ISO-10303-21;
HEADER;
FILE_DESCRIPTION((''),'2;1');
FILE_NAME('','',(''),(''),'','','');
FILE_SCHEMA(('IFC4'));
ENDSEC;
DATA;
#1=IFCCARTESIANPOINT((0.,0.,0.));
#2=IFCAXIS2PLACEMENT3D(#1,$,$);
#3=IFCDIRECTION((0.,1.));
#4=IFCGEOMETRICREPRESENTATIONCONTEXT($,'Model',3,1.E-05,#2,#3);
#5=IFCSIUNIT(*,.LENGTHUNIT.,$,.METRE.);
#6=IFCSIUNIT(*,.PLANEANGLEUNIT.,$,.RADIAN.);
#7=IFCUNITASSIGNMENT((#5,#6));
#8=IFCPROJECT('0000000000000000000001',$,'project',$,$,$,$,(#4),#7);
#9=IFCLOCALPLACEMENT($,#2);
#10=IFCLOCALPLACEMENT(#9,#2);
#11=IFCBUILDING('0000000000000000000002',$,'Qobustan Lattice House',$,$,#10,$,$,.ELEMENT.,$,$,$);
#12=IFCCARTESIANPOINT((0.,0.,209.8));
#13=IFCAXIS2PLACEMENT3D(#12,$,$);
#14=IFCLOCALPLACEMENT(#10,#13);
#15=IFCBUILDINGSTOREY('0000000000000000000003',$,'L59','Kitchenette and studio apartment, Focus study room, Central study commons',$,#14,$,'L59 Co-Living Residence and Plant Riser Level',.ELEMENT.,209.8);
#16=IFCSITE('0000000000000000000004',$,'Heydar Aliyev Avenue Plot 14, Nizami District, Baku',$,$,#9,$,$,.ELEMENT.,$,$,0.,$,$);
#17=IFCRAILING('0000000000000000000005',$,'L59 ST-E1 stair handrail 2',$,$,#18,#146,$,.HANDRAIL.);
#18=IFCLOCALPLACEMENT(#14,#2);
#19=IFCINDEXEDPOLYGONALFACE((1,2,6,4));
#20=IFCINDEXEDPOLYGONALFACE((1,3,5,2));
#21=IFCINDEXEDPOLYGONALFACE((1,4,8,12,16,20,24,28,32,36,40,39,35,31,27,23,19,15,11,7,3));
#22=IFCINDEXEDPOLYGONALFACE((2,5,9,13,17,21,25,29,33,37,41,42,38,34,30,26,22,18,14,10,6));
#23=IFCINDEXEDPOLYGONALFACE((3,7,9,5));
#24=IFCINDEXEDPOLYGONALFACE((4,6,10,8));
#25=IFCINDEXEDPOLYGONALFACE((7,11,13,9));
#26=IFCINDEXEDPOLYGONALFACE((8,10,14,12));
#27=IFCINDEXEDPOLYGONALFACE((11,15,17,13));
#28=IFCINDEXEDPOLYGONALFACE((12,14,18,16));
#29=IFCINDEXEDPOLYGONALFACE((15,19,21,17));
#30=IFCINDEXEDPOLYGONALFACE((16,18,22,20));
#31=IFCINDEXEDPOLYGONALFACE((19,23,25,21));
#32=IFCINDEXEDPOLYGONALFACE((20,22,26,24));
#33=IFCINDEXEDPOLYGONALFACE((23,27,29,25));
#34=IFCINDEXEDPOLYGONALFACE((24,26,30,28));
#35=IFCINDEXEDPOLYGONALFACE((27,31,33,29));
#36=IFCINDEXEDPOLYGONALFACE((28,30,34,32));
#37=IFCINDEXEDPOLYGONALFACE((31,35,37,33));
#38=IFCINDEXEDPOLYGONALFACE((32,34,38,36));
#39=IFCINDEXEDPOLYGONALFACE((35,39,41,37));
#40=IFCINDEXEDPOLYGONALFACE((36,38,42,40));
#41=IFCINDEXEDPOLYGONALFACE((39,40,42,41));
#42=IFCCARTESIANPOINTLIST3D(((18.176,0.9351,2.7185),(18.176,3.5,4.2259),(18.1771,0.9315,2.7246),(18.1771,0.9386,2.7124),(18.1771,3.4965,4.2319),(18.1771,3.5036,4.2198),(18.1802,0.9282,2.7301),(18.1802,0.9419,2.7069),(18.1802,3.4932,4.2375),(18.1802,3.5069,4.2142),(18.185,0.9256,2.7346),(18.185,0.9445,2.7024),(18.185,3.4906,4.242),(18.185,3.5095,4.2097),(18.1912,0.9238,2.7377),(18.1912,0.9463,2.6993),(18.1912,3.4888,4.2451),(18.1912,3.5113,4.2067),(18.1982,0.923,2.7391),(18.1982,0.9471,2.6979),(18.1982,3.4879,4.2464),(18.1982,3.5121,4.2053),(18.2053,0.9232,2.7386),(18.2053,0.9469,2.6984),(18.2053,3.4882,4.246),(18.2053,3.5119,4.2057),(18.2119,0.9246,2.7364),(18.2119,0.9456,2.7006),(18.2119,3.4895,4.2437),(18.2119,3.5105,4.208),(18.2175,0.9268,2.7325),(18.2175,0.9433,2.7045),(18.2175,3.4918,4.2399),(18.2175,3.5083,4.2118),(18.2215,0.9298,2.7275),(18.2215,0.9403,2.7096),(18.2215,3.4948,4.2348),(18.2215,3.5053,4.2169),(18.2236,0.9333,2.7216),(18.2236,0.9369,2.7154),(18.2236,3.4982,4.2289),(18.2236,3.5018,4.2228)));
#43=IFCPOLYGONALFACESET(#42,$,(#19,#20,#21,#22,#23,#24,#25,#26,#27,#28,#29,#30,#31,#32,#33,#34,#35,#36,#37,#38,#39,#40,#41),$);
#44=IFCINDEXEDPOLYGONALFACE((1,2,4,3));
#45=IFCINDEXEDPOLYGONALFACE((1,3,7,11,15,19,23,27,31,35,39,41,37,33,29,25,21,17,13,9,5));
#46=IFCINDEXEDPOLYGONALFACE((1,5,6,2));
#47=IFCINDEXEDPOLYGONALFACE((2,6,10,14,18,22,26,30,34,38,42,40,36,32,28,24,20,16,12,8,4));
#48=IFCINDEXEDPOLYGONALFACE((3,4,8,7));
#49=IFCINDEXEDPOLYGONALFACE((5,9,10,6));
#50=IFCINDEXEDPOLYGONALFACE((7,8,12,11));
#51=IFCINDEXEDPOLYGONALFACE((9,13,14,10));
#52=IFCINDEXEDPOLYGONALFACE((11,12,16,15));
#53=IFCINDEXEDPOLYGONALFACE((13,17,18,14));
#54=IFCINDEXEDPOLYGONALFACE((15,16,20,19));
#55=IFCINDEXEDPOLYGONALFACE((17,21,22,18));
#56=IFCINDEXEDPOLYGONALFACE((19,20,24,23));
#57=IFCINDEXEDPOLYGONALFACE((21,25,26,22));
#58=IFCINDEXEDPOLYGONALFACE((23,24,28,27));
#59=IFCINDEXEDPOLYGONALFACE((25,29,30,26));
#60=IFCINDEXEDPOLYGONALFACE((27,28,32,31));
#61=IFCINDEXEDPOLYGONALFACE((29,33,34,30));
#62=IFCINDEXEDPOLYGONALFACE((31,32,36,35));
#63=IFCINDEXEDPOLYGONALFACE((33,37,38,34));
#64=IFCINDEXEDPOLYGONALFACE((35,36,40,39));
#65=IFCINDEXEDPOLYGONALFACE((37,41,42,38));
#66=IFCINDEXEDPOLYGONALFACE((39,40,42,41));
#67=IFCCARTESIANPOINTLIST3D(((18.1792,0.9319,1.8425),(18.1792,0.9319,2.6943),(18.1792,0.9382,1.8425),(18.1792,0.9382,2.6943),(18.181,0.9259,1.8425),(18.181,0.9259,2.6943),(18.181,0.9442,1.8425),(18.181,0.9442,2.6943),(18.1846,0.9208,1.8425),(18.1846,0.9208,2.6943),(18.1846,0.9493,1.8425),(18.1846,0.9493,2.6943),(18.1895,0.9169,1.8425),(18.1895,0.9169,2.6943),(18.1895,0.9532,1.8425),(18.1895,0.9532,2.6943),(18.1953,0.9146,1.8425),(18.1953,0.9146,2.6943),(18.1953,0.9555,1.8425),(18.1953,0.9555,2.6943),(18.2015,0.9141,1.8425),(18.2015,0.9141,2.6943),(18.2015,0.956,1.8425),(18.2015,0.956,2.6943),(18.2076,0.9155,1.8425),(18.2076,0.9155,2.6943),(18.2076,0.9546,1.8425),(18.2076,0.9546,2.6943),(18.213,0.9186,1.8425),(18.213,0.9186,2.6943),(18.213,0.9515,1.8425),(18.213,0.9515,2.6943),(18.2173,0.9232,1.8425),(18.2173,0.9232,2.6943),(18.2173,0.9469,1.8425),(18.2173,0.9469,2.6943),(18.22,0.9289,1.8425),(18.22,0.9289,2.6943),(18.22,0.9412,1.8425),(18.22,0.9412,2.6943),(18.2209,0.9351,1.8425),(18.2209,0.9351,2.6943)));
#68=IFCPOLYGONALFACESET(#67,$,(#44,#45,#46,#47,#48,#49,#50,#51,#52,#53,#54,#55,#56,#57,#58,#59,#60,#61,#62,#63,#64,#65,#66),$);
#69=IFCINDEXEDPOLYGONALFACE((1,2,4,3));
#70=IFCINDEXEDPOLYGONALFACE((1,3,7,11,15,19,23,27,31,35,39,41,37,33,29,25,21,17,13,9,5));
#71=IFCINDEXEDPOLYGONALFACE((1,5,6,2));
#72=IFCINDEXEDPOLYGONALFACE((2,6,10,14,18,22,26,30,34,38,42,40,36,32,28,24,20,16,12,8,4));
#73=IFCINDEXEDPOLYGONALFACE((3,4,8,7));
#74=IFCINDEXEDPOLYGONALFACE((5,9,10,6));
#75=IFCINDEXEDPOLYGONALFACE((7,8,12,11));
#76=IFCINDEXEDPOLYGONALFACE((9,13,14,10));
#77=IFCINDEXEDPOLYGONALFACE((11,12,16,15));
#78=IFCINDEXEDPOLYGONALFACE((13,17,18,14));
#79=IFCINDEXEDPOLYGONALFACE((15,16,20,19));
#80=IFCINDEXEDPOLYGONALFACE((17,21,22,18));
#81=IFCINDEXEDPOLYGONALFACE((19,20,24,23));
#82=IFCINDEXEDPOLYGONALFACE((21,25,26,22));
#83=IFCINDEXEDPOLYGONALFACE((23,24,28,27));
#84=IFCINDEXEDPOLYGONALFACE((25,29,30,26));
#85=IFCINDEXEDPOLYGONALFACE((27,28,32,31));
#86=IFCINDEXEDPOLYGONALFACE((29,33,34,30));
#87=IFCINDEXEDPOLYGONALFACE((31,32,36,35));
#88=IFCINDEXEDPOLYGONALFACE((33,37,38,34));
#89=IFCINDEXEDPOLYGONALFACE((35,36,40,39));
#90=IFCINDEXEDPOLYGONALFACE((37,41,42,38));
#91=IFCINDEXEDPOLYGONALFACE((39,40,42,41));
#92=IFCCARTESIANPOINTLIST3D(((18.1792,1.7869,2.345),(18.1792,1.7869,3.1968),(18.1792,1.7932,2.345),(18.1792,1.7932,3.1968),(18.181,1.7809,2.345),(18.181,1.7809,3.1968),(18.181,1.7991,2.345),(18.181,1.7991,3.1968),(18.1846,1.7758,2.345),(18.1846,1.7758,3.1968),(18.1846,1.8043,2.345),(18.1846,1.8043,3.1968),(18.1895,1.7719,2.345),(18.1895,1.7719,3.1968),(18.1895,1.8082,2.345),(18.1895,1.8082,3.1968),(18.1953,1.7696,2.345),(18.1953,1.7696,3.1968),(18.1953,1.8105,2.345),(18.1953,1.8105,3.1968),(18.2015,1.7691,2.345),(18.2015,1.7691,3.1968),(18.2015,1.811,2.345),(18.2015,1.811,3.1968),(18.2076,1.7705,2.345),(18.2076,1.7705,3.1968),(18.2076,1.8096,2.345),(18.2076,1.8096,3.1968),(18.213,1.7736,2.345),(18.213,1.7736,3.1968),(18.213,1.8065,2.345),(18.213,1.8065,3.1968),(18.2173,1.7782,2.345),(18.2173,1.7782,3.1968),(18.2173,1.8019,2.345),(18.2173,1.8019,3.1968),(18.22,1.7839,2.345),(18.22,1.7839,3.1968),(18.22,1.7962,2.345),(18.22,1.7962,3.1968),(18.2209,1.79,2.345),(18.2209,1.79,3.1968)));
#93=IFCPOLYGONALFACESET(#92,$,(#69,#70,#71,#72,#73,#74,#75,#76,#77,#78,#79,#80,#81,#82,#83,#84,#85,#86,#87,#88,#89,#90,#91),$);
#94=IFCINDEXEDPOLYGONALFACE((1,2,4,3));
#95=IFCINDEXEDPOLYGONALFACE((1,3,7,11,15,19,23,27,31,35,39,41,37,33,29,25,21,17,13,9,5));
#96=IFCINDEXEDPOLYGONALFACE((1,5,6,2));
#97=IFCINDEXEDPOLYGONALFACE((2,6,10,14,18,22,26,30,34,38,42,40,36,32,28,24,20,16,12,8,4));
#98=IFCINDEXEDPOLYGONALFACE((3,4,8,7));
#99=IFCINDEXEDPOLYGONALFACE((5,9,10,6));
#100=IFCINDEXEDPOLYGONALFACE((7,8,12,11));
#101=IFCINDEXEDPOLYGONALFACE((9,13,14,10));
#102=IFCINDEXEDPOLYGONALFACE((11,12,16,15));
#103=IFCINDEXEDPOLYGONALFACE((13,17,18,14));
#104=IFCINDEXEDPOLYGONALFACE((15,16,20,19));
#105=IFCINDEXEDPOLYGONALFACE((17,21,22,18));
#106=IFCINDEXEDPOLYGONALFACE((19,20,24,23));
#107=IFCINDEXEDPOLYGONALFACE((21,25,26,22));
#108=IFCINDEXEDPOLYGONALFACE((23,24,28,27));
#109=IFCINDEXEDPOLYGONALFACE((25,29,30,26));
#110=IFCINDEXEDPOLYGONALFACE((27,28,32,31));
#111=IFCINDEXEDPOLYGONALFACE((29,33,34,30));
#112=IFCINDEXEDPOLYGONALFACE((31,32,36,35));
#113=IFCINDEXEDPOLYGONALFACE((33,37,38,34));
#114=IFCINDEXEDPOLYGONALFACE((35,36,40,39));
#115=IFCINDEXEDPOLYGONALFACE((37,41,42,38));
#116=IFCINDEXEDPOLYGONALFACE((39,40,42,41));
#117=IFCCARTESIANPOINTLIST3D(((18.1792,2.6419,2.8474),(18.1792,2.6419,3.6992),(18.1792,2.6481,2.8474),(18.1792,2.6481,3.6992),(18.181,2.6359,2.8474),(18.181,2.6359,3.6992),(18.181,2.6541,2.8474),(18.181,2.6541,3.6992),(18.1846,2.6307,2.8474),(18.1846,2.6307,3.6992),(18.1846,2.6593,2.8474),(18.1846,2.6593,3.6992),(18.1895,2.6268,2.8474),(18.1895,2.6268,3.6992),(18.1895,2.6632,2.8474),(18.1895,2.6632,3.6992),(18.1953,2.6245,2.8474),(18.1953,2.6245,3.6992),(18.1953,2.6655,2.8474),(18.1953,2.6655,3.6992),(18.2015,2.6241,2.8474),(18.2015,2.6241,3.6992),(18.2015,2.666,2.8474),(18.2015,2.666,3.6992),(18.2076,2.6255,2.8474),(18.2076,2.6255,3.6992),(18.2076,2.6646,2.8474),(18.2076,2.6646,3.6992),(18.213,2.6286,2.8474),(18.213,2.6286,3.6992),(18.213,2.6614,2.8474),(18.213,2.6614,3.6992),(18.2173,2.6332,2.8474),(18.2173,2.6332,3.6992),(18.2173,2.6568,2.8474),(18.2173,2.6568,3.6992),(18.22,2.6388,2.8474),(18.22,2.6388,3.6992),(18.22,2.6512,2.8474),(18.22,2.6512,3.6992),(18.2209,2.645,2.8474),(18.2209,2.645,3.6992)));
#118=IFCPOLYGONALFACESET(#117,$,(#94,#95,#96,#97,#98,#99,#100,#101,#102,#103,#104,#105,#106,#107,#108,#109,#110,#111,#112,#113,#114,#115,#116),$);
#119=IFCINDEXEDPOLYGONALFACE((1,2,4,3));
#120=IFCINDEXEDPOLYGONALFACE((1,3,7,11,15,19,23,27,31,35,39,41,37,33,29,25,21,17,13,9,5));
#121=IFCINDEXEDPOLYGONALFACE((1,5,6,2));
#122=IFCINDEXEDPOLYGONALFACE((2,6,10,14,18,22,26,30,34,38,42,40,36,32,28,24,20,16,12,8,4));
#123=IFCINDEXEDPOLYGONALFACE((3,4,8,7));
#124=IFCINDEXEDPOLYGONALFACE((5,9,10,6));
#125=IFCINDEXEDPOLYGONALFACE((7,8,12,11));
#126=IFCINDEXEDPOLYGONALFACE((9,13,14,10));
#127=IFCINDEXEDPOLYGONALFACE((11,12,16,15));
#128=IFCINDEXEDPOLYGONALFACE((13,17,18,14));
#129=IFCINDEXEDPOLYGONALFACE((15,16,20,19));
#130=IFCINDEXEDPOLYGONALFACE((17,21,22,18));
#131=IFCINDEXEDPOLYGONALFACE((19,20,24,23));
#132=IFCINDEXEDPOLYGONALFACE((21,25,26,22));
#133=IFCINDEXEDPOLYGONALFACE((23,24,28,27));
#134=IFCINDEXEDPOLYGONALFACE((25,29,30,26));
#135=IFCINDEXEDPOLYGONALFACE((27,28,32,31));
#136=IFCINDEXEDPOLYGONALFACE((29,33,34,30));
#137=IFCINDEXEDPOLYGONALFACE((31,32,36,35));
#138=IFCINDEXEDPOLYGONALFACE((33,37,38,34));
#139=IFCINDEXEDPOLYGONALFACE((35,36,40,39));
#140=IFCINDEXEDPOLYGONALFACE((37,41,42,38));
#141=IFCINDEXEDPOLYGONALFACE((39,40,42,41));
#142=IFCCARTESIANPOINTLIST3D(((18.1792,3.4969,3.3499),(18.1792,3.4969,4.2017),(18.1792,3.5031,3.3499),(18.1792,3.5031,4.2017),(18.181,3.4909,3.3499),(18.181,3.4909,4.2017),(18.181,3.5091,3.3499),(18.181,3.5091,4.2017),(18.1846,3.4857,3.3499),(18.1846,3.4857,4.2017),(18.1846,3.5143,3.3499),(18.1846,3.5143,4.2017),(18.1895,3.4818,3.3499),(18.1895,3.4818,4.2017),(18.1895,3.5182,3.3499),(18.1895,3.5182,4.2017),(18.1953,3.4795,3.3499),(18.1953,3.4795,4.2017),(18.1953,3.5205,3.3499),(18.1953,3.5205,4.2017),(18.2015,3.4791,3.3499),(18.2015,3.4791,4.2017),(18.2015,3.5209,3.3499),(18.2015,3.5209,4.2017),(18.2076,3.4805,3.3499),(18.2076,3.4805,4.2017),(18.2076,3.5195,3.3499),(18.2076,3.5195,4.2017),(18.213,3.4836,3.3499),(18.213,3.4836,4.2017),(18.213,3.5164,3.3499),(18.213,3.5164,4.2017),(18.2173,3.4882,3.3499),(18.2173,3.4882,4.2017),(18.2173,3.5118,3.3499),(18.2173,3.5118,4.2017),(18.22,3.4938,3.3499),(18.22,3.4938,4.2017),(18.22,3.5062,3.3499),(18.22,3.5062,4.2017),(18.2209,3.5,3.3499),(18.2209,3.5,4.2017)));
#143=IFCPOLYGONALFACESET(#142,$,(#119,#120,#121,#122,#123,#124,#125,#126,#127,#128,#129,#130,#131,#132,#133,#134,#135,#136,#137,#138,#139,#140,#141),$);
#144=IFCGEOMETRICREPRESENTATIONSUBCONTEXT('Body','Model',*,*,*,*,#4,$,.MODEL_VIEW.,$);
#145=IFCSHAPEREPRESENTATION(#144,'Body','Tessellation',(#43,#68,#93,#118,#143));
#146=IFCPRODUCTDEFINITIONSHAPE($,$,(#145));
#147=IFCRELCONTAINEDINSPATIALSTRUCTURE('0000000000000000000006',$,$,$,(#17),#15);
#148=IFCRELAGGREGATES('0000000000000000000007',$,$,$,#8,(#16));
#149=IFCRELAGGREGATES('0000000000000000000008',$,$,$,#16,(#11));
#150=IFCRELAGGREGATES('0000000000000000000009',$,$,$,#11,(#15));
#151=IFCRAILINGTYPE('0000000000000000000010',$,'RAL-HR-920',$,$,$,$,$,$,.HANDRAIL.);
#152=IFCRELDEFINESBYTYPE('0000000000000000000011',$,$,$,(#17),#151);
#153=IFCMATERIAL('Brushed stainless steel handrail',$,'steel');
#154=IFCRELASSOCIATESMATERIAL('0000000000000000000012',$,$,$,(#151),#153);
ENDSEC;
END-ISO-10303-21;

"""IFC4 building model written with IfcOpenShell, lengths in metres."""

from ifc_helpers import new_model, si_unit, direction, frame, origin, origin_2d, place, context, subcontext, project, spatial, circle, extrude, material, type_object, element, save


model = new_model("IFC4")

# Units and contexts
model_context = context("Model", 3, precision=1e-05, world=origin(), true_north=direction((0.0, 1.0)))
body_context = subcontext(model_context, "Body", "Model", "MODEL_VIEW")
ifc_project = project(units=[si_unit("LENGTHUNIT", "METRE"), si_unit("PLANEANGLEUNIT", "RADIAN")], contexts=[model_context])

# Site, building, storey
site_placement = place(None, origin())
site = spatial("IfcSite", under=ifc_project, at=site_placement, Name="Heydar Aliyev Avenue Plot 14, Nizami District, Baku", CompositionType="ELEMENT", RefElevation=0.0)
building_placement = place(site_placement, origin())
building = spatial("IfcBuilding", under=site, at=building_placement, Name="Qobustan Lattice House", CompositionType="ELEMENT")
storey_placement = place(building_placement, frame((0.0, 0.0, 209.8)))
storey = spatial("IfcBuildingStorey", under=building, at=storey_placement, Name="L59", Description="Kitchenette and studio apartment, Focus study room, Central study commons", LongName="L59 Co-Living Residence and Plant Riser Level", CompositionType="ELEMENT", Elevation=209.8)

# Railing
ifc_material_1 = material(Name="Brushed stainless steel handrail", Category="steel")
railing_type_1 = type_object("IfcRailingType", Name="RAL-HR-920", PredefinedType="HANDRAIL", material=ifc_material_1)
railing_1_placement = place(storey_placement, frame((18.2, 0.9351, 1.8425)))
element("IfcRailing", 1, at=railing_1_placement, inside=storey, type_object=railing_type_1, Name="L59 ST-E1 stair handrail 2", PredefinedType="HANDRAIL", context=body_context, shape_type="SweptSolid", body=[
    extrude(circle(Radius=0.0239, at=origin_2d()), frame((0.0, 0.0, 0.876), z_axis=(0.0, 0.862149, 0.506654), x_axis=(-1.0, 0.0, 0.0)), (0.0, 0.0, 1.0), 2.9751),
    extrude(circle(Radius=0.021, at=origin_2d()), origin(), (0.0, 0.0, 1.0), 0.8518),
    extrude(circle(Radius=0.021, at=origin_2d()), frame((0.0, 0.855, 0.5024)), (0.0, 0.0, 1.0), 0.8518),
    extrude(circle(Radius=0.021, at=origin_2d()), frame((0.0, 1.71, 1.0049)), (0.0, 0.0, 1.0), 0.8518),
    extrude(circle(Radius=0.021, at=origin_2d()), frame((0.0, 2.5649, 1.5073)), (0.0, 0.0, 1.0), 0.8518),
])

save(model, "model.ifc")
